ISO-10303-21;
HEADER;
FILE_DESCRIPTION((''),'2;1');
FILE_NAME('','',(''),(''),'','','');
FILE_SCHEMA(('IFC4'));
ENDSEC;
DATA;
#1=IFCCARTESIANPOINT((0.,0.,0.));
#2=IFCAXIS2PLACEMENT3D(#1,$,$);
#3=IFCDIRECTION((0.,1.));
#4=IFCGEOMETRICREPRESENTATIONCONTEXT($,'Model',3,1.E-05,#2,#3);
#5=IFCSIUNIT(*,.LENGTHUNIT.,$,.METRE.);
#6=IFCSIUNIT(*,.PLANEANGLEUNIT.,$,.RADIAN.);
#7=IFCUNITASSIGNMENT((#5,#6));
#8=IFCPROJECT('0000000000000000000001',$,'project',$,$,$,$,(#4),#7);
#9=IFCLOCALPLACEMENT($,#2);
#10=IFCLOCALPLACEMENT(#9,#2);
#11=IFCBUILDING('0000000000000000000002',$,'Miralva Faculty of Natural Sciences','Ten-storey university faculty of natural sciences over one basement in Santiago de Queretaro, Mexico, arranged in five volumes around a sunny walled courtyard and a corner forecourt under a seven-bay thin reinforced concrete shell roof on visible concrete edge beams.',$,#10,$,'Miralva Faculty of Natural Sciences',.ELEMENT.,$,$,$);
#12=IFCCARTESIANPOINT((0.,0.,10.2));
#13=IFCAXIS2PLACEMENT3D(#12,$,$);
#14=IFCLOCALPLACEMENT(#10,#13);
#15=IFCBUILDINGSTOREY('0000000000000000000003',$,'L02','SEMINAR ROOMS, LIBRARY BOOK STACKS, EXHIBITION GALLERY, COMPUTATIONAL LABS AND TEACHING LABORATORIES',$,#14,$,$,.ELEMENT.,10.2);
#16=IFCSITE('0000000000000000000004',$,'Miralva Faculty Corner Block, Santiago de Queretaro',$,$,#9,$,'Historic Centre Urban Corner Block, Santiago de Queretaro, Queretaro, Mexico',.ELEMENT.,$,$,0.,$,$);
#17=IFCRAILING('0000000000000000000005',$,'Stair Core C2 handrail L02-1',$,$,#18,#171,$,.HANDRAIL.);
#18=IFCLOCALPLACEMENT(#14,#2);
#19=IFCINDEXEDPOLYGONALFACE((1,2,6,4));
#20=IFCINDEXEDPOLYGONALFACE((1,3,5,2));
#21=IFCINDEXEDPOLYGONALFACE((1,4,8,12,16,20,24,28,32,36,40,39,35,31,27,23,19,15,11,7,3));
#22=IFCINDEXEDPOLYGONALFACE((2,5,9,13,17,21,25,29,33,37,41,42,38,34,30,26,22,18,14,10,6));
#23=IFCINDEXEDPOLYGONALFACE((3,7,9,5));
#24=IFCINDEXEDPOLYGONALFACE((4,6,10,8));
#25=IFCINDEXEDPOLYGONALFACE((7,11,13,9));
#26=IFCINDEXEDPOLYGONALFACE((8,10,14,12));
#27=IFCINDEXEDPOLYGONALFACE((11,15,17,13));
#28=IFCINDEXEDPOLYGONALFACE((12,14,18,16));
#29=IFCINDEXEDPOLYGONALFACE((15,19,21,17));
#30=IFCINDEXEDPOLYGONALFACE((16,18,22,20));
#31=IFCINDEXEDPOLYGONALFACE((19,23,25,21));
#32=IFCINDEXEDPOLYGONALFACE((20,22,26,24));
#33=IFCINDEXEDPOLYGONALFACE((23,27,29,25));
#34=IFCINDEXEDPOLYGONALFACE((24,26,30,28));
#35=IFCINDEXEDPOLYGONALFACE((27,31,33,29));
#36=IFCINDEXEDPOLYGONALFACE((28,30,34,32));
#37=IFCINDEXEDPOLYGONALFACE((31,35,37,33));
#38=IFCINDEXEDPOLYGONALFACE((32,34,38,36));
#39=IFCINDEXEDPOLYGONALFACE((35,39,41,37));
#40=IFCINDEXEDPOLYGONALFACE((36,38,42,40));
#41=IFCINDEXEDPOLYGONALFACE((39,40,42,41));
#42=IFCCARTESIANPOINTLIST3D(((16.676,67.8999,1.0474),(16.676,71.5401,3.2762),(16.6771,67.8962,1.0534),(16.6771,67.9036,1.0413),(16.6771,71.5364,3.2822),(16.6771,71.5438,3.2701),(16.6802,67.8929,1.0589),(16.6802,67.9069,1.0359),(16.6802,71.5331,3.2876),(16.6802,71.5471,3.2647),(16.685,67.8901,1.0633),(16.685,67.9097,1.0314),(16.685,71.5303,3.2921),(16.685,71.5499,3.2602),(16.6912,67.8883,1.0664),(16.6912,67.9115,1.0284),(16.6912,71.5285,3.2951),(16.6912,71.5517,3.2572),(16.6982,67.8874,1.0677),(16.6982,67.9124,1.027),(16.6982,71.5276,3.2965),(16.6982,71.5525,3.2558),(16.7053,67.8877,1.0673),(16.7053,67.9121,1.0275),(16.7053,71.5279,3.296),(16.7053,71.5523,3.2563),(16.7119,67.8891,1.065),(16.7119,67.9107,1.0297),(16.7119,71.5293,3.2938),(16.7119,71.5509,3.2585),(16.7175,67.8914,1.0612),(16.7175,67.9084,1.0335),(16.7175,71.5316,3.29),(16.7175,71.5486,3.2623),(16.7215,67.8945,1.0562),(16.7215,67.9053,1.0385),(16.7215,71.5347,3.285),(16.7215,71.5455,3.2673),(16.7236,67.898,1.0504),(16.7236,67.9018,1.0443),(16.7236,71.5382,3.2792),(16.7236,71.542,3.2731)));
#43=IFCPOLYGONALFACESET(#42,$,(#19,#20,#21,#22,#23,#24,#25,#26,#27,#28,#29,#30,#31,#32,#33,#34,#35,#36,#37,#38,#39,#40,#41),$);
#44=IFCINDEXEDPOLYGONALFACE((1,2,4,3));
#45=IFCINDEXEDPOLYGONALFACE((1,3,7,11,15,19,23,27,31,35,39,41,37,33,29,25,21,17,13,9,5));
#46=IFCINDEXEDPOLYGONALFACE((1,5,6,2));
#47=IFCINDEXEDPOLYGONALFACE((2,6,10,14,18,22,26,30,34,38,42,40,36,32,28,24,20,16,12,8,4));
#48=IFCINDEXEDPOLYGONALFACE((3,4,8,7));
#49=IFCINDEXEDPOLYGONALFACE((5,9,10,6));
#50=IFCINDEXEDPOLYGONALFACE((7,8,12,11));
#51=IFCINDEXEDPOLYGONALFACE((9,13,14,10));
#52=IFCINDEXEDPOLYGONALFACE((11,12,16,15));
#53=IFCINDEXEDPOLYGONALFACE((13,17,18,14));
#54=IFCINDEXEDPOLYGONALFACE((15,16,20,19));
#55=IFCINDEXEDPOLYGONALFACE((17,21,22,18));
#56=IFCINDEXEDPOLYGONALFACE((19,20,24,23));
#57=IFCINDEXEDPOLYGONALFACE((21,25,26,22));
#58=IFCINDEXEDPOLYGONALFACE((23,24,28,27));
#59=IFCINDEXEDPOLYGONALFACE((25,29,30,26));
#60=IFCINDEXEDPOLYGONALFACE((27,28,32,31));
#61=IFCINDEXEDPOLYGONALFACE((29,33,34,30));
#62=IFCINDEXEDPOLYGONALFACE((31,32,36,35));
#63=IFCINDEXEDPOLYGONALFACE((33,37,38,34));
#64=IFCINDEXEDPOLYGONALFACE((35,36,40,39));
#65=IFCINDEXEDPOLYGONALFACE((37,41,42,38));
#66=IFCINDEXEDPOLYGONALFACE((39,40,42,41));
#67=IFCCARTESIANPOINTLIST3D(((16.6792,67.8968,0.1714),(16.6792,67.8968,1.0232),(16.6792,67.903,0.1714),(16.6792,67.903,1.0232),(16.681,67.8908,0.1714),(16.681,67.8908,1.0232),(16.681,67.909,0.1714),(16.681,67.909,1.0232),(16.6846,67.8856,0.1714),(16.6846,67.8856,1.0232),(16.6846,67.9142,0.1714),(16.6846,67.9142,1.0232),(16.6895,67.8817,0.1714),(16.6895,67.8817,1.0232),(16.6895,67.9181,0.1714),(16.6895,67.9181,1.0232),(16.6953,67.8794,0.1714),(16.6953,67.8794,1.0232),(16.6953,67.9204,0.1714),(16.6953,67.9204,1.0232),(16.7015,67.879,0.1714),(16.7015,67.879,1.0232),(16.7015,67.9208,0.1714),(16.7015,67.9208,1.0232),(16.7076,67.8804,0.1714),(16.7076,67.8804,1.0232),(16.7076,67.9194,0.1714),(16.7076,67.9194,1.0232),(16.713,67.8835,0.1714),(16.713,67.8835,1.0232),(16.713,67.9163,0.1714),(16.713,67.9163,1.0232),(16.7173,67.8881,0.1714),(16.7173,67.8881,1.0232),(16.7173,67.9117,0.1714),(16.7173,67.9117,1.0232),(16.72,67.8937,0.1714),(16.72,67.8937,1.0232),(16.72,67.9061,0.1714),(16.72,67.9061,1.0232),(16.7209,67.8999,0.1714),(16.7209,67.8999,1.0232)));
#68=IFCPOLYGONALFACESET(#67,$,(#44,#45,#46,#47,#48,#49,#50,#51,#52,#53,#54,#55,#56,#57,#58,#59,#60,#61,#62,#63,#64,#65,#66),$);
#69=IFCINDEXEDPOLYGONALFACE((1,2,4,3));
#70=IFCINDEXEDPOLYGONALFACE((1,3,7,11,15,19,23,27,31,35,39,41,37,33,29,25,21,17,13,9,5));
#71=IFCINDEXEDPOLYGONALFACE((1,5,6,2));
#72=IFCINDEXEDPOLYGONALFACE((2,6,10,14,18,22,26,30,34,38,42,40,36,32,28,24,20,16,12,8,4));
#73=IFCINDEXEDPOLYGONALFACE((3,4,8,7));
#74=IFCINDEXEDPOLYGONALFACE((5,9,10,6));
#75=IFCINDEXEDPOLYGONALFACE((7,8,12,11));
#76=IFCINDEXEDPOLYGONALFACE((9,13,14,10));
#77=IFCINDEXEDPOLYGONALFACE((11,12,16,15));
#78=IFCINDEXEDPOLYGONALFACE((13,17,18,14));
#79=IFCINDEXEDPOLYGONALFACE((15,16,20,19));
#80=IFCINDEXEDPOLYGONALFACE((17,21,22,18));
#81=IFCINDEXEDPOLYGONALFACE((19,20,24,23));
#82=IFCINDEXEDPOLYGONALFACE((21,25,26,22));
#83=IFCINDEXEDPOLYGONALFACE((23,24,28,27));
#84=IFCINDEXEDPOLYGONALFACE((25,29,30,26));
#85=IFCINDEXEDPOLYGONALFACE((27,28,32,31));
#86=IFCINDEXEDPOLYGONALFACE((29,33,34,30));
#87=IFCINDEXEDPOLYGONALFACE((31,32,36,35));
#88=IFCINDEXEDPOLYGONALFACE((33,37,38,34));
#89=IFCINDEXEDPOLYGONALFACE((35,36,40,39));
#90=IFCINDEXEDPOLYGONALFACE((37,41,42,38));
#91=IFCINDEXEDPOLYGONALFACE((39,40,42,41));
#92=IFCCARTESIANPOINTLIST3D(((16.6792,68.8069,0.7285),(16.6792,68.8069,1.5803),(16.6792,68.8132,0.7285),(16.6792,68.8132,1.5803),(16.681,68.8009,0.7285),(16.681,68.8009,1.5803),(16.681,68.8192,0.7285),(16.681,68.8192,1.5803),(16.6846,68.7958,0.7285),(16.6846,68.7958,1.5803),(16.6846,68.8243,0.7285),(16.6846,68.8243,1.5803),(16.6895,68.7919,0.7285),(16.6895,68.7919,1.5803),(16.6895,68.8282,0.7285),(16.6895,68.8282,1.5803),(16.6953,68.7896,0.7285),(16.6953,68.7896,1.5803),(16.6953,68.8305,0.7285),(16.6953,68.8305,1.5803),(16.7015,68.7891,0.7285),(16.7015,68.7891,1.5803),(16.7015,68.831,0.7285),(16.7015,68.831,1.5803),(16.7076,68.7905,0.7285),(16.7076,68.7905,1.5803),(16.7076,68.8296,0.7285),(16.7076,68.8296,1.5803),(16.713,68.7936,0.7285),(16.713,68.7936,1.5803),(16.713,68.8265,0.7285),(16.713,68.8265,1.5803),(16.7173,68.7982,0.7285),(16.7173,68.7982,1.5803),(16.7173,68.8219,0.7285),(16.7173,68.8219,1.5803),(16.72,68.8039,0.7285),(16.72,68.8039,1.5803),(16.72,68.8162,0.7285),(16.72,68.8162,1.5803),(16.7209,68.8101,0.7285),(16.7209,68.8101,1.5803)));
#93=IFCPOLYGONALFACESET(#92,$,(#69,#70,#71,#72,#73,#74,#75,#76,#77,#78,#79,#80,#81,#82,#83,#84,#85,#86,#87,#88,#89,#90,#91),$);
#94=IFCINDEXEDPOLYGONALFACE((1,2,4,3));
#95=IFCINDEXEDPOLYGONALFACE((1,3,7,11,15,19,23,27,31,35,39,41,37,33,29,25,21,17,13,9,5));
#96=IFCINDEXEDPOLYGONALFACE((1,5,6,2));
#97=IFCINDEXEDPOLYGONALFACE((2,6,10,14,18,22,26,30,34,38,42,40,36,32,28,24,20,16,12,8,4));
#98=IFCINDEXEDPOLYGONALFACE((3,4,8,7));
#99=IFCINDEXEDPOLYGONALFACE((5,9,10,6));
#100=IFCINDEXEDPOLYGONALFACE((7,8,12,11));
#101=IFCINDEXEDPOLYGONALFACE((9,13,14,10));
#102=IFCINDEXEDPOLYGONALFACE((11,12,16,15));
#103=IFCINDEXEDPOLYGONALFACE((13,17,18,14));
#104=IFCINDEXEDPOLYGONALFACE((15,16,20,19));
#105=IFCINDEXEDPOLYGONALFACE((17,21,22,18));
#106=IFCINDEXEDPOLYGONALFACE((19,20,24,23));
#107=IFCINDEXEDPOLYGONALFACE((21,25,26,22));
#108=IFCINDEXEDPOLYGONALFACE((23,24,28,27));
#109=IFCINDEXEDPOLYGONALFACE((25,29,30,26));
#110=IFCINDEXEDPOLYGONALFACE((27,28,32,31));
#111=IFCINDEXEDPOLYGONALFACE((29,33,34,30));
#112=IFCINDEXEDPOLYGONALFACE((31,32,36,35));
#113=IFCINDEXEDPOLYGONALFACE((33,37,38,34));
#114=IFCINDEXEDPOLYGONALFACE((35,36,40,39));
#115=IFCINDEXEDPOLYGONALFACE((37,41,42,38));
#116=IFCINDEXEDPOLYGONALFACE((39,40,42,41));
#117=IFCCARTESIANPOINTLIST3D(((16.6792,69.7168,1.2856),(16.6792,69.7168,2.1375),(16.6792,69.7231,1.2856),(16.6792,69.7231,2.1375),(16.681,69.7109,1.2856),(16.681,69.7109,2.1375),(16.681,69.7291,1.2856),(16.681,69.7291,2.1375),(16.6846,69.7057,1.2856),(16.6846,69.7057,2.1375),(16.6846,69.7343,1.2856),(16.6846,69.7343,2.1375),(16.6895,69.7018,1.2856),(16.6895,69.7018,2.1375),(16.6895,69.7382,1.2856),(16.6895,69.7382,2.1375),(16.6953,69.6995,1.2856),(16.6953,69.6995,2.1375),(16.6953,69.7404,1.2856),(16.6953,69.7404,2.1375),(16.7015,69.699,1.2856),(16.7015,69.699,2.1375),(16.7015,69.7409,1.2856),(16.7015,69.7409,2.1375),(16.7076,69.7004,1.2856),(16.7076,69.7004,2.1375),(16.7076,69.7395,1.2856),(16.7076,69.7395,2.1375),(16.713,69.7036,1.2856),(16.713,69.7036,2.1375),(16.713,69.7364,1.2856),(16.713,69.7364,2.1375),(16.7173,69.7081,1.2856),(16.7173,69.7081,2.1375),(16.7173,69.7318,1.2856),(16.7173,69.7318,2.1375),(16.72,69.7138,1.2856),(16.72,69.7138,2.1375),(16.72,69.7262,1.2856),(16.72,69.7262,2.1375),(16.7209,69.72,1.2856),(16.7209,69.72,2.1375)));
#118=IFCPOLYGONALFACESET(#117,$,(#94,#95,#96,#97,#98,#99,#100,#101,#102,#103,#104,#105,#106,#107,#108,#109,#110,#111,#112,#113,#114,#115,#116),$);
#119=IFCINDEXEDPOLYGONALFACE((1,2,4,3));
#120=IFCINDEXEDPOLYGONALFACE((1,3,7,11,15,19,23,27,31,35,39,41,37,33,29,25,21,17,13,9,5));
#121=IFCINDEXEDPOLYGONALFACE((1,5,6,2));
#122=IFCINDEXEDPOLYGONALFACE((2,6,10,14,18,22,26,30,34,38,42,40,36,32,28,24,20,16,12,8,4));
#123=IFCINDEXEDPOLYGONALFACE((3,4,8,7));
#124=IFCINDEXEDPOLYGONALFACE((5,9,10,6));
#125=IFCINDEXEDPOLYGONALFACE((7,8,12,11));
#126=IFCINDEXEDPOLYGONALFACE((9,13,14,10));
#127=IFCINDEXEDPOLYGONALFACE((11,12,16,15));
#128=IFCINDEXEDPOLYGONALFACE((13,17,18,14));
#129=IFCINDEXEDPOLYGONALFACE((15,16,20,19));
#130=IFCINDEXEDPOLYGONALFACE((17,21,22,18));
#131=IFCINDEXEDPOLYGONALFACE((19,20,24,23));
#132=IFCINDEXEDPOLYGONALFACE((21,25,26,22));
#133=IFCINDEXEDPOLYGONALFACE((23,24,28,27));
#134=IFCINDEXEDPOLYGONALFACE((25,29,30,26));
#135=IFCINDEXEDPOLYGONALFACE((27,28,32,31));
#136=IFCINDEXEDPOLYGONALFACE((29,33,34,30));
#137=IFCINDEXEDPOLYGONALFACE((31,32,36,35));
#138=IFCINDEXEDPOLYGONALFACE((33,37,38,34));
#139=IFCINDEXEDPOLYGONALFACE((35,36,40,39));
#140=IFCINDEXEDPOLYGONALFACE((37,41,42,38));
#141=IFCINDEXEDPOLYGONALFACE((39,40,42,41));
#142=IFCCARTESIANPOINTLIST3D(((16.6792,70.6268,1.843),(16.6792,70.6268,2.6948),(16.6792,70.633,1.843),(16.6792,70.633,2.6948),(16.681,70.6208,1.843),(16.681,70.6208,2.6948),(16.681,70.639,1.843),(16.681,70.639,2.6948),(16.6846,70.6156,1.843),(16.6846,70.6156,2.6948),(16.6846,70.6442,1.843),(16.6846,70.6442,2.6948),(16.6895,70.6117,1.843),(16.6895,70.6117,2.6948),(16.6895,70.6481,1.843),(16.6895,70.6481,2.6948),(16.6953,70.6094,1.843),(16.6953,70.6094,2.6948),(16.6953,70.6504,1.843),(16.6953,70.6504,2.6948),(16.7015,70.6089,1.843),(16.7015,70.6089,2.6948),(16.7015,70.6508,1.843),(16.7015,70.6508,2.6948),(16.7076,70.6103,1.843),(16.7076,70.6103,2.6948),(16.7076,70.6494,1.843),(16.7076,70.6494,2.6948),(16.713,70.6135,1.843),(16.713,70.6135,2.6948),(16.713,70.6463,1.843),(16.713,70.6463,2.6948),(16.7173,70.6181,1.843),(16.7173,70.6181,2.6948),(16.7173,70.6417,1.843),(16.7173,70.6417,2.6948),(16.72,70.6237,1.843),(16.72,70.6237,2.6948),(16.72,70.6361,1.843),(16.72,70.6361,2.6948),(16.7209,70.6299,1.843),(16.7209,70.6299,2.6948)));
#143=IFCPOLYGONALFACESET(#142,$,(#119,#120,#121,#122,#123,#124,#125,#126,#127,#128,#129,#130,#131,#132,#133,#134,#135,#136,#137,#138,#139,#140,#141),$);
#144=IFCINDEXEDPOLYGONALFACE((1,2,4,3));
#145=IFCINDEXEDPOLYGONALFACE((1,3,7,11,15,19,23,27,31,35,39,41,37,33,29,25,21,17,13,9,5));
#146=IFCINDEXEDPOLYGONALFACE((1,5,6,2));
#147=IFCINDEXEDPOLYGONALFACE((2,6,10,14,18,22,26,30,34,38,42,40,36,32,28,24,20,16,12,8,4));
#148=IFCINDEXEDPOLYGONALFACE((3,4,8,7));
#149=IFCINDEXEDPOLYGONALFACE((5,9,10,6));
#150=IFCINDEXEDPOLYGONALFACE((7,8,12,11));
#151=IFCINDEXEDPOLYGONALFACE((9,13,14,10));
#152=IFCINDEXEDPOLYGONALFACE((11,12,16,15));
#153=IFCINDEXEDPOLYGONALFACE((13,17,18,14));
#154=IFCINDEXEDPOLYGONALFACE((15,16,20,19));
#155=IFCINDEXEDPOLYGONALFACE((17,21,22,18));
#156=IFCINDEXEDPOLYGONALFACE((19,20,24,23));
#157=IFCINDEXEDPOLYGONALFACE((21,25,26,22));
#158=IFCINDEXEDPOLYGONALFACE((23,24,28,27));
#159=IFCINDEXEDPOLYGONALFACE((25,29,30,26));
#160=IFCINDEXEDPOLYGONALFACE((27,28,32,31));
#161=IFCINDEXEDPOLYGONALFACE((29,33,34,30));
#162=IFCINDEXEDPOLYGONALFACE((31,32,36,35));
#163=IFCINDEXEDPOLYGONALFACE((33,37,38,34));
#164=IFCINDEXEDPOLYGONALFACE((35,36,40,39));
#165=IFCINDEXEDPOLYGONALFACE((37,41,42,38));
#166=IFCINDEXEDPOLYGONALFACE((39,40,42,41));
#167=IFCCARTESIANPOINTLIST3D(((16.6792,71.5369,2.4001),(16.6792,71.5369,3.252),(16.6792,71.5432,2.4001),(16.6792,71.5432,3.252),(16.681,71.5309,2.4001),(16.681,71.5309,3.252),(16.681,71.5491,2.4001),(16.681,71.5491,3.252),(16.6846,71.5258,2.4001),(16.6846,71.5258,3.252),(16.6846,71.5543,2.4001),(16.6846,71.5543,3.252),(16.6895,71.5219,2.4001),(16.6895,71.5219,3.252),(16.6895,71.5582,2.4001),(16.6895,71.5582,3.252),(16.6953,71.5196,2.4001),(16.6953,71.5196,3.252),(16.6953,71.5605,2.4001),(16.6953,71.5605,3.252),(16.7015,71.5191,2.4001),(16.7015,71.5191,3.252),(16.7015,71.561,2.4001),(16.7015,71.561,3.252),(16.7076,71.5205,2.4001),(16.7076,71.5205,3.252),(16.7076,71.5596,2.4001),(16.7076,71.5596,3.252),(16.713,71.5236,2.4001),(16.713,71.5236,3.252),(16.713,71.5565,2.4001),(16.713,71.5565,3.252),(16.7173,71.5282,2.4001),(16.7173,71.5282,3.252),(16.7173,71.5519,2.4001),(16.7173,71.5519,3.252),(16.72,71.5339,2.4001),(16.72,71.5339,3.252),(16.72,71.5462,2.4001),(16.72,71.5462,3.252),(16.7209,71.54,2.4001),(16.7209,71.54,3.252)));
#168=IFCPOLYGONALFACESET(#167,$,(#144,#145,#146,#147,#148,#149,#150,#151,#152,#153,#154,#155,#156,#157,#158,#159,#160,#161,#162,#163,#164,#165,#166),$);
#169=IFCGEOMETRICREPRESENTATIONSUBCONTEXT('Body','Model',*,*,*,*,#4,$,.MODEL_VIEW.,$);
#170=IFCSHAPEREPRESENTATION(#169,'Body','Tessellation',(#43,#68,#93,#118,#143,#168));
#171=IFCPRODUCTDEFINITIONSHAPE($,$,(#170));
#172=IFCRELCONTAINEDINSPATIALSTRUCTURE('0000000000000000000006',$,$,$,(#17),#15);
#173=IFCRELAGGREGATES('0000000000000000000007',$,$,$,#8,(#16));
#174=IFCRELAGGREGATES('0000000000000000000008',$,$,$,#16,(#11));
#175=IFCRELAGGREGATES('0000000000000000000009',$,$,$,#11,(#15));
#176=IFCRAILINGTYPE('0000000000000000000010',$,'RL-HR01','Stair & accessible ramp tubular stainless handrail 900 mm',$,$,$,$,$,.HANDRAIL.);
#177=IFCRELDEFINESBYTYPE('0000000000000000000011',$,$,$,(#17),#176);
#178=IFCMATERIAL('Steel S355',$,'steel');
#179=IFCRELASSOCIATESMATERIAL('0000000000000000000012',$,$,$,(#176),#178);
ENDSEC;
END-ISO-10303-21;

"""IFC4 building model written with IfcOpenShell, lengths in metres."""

from ifc_helpers import new_model, si_unit, direction, frame, origin, origin_2d, place, context, subcontext, project, spatial, circle, extrude, material, type_object, element, save


model = new_model("IFC4")

# Units and contexts
model_context = context("Model", 3, precision=1e-05, world=origin(), true_north=direction((0.0, 1.0)))
body_context = subcontext(model_context, "Body", "Model", "MODEL_VIEW")
ifc_project = project(units=[si_unit("LENGTHUNIT", "METRE"), si_unit("PLANEANGLEUNIT", "RADIAN")], contexts=[model_context])

# Site, building, storey
site_placement = place(None, origin())
site = spatial("IfcSite", under=ifc_project, at=site_placement, Name="Miralva Faculty Corner Block, Santiago de Queretaro", LongName="Historic Centre Urban Corner Block, Santiago de Queretaro, Queretaro, Mexico", CompositionType="ELEMENT", RefElevation=0.0)
building_placement = place(site_placement, origin())
building = spatial("IfcBuilding", under=site, at=building_placement, Name="Miralva Faculty of Natural Sciences", Description="Ten-storey university faculty of natural sciences over one basement in Santiago de Queretaro, Mexico, arranged in five volumes around a sunny walled courtyard and a corner forecourt under a seven-bay thin reinforced concrete shell roof on visible concrete edge beams.", LongName="Miralva Faculty of Natural Sciences", CompositionType="ELEMENT")
storey_placement = place(building_placement, frame((0.0, 0.0, 10.2)))
storey = spatial("IfcBuildingStorey", under=building, at=storey_placement, Name="L02", Description="SEMINAR ROOMS, LIBRARY BOOK STACKS, EXHIBITION GALLERY, COMPUTATIONAL LABS AND TEACHING LABORATORIES", CompositionType="ELEMENT", Elevation=10.2)

# Railing
ifc_material_1 = material(Name="Steel S355", Category="steel")
railing_type_1 = type_object("IfcRailingType", Name="RL-HR01", Description="Stair & accessible ramp tubular stainless handrail 900 mm", PredefinedType="HANDRAIL", material=ifc_material_1)
railing_1_placement = place(storey_placement, frame((16.7, 67.8999, 0.1714)))
element("IfcRailing", 1, at=railing_1_placement, inside=storey, type_object=railing_type_1, Name="Stair Core C2 handrail L02-1", PredefinedType="HANDRAIL", context=body_context, shape_type="SweptSolid", body=[
    extrude(circle(Radius=0.0239, at=origin_2d()), frame((0.0, 0.0, 0.876), z_axis=(0.0, 0.85284, 0.522172), x_axis=(-1.0, 0.0, 0.0)), (0.0, 0.0, 1.0), 4.2683),
    extrude(circle(Radius=0.021, at=origin_2d()), origin(), (0.0, 0.0, 1.0), 0.8518),
    extrude(circle(Radius=0.021, at=origin_2d()), frame((0.0, 0.9102, 0.5571)), (0.0, 0.0, 1.0), 0.8518),
    extrude(circle(Radius=0.021, at=origin_2d()), frame((0.0, 1.8201, 1.1143)), (0.0, 0.0, 1.0), 0.8518),
    extrude(circle(Radius=0.021, at=origin_2d()), frame((0.0, 2.73, 1.6716)), (0.0, 0.0, 1.0), 0.8518),
    extrude(circle(Radius=0.021, at=origin_2d()), frame((0.0, 3.6401, 2.2288)), (0.0, 0.0, 1.0), 0.8518),
])

save(model, "model.ifc")
